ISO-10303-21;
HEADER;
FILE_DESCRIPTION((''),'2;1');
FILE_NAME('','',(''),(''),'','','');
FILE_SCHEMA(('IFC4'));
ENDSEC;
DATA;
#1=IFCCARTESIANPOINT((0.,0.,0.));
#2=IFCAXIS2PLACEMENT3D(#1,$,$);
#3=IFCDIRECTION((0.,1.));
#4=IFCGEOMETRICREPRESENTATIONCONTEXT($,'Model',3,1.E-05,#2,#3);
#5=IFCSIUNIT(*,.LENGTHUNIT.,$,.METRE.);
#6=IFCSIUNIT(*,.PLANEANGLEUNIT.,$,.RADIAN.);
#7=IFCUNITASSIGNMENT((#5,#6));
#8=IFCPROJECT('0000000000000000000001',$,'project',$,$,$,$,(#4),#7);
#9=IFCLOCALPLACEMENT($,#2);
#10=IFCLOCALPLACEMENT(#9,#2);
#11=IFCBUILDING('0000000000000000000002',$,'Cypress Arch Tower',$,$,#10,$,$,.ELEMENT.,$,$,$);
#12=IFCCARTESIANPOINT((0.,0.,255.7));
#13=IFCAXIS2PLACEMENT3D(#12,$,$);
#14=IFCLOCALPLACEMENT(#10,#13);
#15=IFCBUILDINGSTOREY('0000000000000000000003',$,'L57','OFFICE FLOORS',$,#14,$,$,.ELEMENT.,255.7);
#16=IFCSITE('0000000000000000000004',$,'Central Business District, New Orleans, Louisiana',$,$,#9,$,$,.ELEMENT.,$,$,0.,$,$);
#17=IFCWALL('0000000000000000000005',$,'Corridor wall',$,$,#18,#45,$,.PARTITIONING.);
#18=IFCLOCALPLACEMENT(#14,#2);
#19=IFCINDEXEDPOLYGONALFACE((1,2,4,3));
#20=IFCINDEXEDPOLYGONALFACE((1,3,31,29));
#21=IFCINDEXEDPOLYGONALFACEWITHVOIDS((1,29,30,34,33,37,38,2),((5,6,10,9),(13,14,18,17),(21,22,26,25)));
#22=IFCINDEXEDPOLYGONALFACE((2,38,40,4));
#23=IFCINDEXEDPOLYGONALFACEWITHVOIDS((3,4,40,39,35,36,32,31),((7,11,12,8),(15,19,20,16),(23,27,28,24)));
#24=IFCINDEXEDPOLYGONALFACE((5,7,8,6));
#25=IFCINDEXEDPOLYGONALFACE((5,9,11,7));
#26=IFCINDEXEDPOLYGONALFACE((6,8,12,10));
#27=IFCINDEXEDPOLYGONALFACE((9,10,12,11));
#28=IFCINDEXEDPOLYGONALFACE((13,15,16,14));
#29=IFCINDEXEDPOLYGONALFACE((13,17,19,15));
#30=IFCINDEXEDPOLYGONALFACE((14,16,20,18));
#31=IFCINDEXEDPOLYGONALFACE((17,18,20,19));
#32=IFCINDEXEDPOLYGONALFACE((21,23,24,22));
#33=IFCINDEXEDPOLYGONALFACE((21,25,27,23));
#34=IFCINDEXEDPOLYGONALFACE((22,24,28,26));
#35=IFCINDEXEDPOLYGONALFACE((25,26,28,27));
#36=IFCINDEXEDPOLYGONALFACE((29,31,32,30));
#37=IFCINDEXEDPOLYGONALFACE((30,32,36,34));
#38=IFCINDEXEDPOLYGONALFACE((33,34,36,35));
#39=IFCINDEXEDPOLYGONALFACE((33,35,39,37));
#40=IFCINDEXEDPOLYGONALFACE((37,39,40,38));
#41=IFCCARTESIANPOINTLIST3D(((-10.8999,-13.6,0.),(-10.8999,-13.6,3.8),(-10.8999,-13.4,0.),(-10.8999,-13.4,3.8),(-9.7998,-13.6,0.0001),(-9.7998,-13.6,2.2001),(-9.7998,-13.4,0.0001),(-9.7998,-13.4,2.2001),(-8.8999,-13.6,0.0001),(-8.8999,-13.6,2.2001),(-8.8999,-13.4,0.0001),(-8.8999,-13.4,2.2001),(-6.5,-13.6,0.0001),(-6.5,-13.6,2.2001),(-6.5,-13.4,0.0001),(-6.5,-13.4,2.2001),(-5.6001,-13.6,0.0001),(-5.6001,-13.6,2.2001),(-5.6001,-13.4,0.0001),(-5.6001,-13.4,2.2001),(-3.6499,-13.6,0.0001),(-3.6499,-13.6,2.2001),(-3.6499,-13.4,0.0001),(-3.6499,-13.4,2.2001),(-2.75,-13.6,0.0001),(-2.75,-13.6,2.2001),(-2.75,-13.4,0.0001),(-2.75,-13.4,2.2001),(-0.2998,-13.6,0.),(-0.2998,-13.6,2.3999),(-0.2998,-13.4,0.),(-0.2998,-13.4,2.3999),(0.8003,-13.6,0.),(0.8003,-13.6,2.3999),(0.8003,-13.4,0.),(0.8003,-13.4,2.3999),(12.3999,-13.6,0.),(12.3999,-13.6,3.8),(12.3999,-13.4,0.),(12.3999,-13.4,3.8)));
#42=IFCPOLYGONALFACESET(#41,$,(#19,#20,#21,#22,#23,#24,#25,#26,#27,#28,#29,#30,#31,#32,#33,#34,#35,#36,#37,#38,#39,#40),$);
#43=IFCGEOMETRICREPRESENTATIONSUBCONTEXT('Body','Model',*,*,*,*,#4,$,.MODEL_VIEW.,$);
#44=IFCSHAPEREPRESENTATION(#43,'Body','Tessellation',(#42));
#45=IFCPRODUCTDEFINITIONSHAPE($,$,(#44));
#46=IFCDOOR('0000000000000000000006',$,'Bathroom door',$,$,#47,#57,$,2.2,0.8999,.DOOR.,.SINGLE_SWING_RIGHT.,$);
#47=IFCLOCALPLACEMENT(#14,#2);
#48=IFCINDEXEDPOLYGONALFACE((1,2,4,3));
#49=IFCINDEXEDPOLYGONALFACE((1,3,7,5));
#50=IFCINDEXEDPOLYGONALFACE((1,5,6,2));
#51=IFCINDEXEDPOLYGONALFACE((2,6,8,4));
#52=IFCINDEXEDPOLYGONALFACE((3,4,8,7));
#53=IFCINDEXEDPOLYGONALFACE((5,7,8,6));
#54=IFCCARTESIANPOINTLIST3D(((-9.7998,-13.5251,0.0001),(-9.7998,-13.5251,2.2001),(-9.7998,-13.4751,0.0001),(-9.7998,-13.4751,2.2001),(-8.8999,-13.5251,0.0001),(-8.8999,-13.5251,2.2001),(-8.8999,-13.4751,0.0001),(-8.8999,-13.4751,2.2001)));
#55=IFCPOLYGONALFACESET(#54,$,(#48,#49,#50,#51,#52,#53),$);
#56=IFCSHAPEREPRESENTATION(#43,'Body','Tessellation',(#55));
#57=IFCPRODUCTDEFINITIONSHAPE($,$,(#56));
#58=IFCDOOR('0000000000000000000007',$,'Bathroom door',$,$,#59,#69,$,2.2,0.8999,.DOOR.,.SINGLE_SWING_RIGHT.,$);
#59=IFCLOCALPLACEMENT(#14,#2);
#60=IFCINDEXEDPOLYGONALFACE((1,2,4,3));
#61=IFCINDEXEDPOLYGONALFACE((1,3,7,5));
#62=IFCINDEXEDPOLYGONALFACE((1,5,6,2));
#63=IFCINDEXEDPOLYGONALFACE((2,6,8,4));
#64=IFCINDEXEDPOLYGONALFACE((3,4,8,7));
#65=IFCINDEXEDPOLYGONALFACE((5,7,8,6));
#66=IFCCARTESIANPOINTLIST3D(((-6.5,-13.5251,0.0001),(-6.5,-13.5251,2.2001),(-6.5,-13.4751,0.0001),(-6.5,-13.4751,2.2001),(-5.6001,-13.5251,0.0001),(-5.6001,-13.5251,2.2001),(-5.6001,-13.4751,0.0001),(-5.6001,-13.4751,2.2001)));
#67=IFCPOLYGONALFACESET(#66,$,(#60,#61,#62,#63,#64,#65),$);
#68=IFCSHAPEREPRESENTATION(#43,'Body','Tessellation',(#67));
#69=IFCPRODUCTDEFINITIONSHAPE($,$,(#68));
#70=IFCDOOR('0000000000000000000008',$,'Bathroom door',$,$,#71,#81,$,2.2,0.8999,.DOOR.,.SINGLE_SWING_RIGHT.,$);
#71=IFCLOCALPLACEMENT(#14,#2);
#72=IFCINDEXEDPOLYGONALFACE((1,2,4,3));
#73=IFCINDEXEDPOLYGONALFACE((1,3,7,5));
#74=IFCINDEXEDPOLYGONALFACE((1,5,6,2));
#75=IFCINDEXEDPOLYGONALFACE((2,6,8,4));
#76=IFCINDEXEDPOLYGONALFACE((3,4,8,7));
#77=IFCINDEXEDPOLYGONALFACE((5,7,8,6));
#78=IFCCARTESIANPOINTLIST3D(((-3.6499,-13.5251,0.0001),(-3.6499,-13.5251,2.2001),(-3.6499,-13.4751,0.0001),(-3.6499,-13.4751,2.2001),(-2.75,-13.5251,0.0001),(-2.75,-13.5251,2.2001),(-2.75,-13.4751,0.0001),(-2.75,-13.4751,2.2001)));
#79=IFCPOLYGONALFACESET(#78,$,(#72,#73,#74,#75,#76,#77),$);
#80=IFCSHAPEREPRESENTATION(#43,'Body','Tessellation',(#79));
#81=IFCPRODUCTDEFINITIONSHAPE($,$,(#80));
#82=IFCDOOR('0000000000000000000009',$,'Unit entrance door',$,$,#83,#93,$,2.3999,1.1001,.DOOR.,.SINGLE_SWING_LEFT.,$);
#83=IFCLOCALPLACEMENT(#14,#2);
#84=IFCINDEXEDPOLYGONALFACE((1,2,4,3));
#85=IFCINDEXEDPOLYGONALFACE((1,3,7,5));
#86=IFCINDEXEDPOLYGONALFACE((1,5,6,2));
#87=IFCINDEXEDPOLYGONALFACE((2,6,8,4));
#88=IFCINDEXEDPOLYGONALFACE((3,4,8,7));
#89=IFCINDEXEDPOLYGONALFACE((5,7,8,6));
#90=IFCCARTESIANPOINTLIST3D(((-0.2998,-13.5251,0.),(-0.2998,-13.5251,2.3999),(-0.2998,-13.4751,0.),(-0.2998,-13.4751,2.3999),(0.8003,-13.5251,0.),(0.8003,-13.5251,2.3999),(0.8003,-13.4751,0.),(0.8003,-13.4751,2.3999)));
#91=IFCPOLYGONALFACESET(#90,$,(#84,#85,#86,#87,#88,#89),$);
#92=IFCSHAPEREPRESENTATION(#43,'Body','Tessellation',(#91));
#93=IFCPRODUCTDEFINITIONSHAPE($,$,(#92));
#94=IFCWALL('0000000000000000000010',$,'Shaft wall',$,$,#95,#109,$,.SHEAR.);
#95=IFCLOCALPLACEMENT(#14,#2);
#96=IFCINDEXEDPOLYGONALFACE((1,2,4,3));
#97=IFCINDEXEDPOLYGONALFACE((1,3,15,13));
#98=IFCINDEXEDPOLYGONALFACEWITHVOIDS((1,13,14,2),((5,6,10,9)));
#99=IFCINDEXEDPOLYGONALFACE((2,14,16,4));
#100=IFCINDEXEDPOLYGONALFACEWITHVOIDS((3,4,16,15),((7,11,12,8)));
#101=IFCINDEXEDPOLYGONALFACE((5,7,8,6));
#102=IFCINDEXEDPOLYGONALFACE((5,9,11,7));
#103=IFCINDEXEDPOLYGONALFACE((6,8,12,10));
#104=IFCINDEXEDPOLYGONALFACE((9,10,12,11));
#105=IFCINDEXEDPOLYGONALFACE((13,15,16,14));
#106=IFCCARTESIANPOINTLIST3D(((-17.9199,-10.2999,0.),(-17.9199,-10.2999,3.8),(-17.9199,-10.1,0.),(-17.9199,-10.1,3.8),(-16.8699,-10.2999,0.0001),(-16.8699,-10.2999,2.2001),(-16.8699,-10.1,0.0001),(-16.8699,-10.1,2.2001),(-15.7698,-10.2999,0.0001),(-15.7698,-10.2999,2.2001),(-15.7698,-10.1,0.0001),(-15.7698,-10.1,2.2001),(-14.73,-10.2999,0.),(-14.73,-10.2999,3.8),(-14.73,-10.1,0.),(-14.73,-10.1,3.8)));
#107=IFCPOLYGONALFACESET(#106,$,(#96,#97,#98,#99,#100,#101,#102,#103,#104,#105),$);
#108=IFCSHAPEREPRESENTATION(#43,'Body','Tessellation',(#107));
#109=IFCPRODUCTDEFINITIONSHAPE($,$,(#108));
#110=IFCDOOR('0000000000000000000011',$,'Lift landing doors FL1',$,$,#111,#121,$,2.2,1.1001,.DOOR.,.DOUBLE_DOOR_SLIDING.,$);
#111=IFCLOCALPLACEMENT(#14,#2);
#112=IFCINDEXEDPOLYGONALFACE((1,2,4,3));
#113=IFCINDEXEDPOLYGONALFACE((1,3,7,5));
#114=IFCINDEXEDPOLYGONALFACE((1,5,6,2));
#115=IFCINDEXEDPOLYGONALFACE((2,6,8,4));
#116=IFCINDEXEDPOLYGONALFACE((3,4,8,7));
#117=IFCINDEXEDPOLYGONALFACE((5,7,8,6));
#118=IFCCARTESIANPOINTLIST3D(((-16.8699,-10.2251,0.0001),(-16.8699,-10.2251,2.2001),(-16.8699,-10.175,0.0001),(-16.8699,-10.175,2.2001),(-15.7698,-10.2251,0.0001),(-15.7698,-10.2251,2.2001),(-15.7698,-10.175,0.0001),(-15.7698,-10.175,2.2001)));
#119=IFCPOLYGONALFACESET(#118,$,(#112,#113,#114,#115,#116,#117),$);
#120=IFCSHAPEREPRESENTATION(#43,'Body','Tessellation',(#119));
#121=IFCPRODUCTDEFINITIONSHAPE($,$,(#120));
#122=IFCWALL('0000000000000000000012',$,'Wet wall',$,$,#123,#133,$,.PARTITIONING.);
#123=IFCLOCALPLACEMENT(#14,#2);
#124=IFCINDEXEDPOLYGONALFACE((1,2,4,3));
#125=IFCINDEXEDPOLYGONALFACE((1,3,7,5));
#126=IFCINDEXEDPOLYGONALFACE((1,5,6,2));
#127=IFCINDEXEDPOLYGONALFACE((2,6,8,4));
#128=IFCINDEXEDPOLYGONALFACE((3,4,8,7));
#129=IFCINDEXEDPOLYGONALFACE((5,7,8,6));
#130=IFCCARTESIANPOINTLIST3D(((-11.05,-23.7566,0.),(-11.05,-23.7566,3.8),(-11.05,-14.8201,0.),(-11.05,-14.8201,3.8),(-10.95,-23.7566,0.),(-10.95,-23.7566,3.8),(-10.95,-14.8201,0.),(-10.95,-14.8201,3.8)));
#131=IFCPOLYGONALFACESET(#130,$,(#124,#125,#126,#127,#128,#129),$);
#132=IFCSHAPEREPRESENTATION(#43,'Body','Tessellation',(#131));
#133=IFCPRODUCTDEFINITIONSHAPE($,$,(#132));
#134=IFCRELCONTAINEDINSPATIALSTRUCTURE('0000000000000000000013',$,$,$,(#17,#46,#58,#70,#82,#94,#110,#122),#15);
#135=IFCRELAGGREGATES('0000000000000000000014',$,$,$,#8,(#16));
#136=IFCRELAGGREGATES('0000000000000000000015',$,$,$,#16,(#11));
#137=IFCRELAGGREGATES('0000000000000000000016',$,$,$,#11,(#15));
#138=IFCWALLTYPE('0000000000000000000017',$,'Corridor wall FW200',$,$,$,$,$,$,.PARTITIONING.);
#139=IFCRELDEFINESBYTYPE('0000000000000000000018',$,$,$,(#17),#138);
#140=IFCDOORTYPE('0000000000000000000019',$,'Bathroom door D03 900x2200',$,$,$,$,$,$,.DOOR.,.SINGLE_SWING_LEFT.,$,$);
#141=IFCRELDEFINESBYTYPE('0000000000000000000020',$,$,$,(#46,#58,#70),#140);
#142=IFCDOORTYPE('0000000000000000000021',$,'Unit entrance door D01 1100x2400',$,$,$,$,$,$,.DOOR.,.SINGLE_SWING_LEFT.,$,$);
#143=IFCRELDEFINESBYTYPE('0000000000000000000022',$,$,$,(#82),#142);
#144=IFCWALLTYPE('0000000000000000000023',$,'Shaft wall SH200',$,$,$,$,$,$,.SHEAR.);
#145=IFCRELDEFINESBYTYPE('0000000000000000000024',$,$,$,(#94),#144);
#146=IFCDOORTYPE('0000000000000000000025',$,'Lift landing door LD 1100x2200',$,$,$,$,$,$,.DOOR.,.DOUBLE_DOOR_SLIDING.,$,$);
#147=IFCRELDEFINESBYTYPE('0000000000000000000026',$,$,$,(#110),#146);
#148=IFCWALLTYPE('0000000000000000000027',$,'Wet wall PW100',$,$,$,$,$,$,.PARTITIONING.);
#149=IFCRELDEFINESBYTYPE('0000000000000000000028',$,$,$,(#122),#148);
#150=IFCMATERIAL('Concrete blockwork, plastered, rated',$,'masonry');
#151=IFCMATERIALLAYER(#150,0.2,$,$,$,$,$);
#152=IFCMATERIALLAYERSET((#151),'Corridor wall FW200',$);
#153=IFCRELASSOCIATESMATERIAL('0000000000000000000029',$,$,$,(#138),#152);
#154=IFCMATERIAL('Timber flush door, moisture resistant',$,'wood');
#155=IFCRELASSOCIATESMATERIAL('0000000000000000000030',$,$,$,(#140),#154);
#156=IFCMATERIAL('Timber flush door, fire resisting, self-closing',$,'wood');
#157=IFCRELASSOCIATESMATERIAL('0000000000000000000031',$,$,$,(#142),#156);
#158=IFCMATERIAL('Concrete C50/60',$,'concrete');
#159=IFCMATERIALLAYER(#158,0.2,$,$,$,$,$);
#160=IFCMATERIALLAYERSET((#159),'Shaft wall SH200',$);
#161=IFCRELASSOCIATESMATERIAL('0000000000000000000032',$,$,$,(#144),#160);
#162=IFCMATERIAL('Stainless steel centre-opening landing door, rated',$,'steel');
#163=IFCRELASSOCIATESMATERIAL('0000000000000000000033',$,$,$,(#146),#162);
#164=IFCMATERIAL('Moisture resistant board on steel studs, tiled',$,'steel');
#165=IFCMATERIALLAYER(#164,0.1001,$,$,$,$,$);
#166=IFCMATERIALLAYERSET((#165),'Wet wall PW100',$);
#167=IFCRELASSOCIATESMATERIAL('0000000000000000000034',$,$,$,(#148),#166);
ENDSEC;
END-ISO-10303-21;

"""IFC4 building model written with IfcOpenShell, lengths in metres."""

from ifc_helpers import new_model, si_unit, direction, frame, frame_2d, origin, place, context, subcontext, project, spatial, rectangle, extrude, material, layer, layer_set, type_object, element, fill, save


model = new_model("IFC4")

# Units and contexts
model_context = context("Model", 3, precision=1e-05, world=origin(), true_north=direction((0.0, 1.0)))
body_context = subcontext(model_context, "Body", "Model", "MODEL_VIEW")
ifc_project = project(units=[si_unit("LENGTHUNIT", "METRE"), si_unit("PLANEANGLEUNIT", "RADIAN")], contexts=[model_context])

# Site, building, storey
site_placement = place(None, origin())
site = spatial("IfcSite", under=ifc_project, at=site_placement, Name="Central Business District, New Orleans, Louisiana", CompositionType="ELEMENT", RefElevation=0.0)
building_placement = place(site_placement, origin())
building = spatial("IfcBuilding", under=site, at=building_placement, Name="Cypress Arch Tower", CompositionType="ELEMENT")
storey_placement = place(building_placement, frame((0.0, 0.0, 255.7)))
storey = spatial("IfcBuildingStorey", under=building, at=storey_placement, Name="L57", Description="OFFICE FLOORS", CompositionType="ELEMENT", Elevation=255.7)

# Shared definitions
ifc_material_1 = material(Name="Concrete blockwork, plastered, rated", Category="masonry")
ifc_layer_1 = layer(ifc_material_1, 0.2)
ifc_layer_set_1 = layer_set([ifc_layer_1], Name="Corridor wall FW200")
wall_type_1 = type_object("IfcWallType", Name="Corridor wall FW200", PredefinedType="PARTITIONING", material=ifc_layer_set_1)

# Wall, openings, doors
wall_1_placement = place(storey_placement, frame((-10.8999, -13.5, 0.0), z_axis=(0.0, 0.0, 1.0), x_axis=(1.0, 0.0, 0.0)))
wall_1 = element("IfcWall", 1, at=wall_1_placement, inside=storey, type_object=wall_type_1, Name="Corridor wall", PredefinedType="PARTITIONING", context=body_context, shape_type="SweptSolid", body=[
    extrude(rectangle(XDim=23.2998, YDim=0.2, at=frame_2d((11.6499, 0.0))), origin(), (0.0, 0.0, 1.0), 3.8),
])
opening_1_placement = place(wall_1_placement, frame((1.1001, 0.0, 0.0)))
opening_1 = element("IfcOpeningElement", 2, at=opening_1_placement, cuts=wall_1, PredefinedType="OPENING", context=body_context, shape_type="SweptSolid", body=[
    extrude(rectangle(XDim=0.8999, YDim=2.2, at=frame_2d((0.45, 1.1001))), frame((0.0, 0.1099, 0.0), z_axis=(0.0, -1.0, 0.0), x_axis=(1.0, 0.0, 0.0)), (0.0, 0.0, 1.0), 0.22),
])
opening_2_placement = place(wall_1_placement, frame((4.3999, 0.0, 0.0)))
opening_2 = element("IfcOpeningElement", 3, at=opening_2_placement, cuts=wall_1, PredefinedType="OPENING", context=body_context, shape_type="SweptSolid", body=[
    extrude(rectangle(XDim=0.8999, YDim=2.2, at=frame_2d((0.45, 1.1001))), frame((0.0, 0.1099, 0.0), z_axis=(0.0, -1.0, 0.0), x_axis=(1.0, 0.0, 0.0)), (0.0, 0.0, 1.0), 0.22),
])
opening_3_placement = place(wall_1_placement, frame((7.25, 0.0, 0.0)))
opening_3 = element("IfcOpeningElement", 4, at=opening_3_placement, cuts=wall_1, PredefinedType="OPENING", context=body_context, shape_type="SweptSolid", body=[
    extrude(rectangle(XDim=0.8999, YDim=2.2, at=frame_2d((0.45, 1.1001))), frame((0.0, 0.1099, 0.0), z_axis=(0.0, -1.0, 0.0), x_axis=(1.0, 0.0, 0.0)), (0.0, 0.0, 1.0), 0.22),
])
opening_4_placement = place(wall_1_placement, frame((10.6001, 0.0, 0.0)))
opening_4 = element("IfcOpeningElement", 5, at=opening_4_placement, cuts=wall_1, PredefinedType="OPENING", context=body_context, shape_type="SweptSolid", body=[
    extrude(rectangle(XDim=1.1001, YDim=2.3999, at=frame_2d((0.55, 1.2))), frame((0.0, 0.1099, 0.0), z_axis=(0.0, -1.0, 0.0), x_axis=(1.0, 0.0, 0.0)), (0.0, 0.0, 1.0), 0.22),
])
ifc_material_2 = material(Name="Timber flush door, moisture resistant", Category="wood")
door_type_1 = type_object("IfcDoorType", Name="Bathroom door D03 900x2200", OperationType="SINGLE_SWING_LEFT", PredefinedType="DOOR", material=ifc_material_2)
door_1_placement = place(opening_1_placement, origin())
door_1 = element("IfcDoor", 6, at=door_1_placement, inside=storey, type_object=door_type_1, Name="Bathroom door", OperationType="SINGLE_SWING_RIGHT", OverallHeight=2.2, OverallWidth=0.8999, PredefinedType="DOOR", context=body_context, shape_type="SweptSolid", body=[
    extrude(rectangle(XDim=0.8999, YDim=2.2, at=frame_2d((0.45, 1.1001))), frame((0.0, 0.0249, 0.0), z_axis=(0.0, -1.0, 0.0), x_axis=(1.0, 0.0, 0.0)), (0.0, 0.0, 1.0), 0.05),
])
fill(opening_1, door_1)
door_2_placement = place(opening_2_placement, origin())
door_2 = element("IfcDoor", 7, at=door_2_placement, inside=storey, type_object=door_type_1, Name="Bathroom door", OperationType="SINGLE_SWING_RIGHT", OverallHeight=2.2, OverallWidth=0.8999, PredefinedType="DOOR", context=body_context, shape_type="SweptSolid", body=[
    extrude(rectangle(XDim=0.8999, YDim=2.2, at=frame_2d((0.45, 1.1001))), frame((0.0, 0.0249, 0.0), z_axis=(0.0, -1.0, 0.0), x_axis=(1.0, 0.0, 0.0)), (0.0, 0.0, 1.0), 0.05),
])
fill(opening_2, door_2)
door_3_placement = place(opening_3_placement, origin())
door_3 = element("IfcDoor", 8, at=door_3_placement, inside=storey, type_object=door_type_1, Name="Bathroom door", OperationType="SINGLE_SWING_RIGHT", OverallHeight=2.2, OverallWidth=0.8999, PredefinedType="DOOR", context=body_context, shape_type="SweptSolid", body=[
    extrude(rectangle(XDim=0.8999, YDim=2.2, at=frame_2d((0.45, 1.1001))), frame((0.0, 0.0249, 0.0), z_axis=(0.0, -1.0, 0.0), x_axis=(1.0, 0.0, 0.0)), (0.0, 0.0, 1.0), 0.05),
])
fill(opening_3, door_3)
ifc_material_3 = material(Name="Timber flush door, fire resisting, self-closing", Category="wood")
door_type_2 = type_object("IfcDoorType", Name="Unit entrance door D01 1100x2400", OperationType="SINGLE_SWING_LEFT", PredefinedType="DOOR", material=ifc_material_3)
door_4_placement = place(opening_4_placement, origin())
door_4 = element("IfcDoor", 9, at=door_4_placement, inside=storey, type_object=door_type_2, Name="Unit entrance door", OperationType="SINGLE_SWING_LEFT", OverallHeight=2.3999, OverallWidth=1.1001, PredefinedType="DOOR", context=body_context, shape_type="SweptSolid", body=[
    extrude(rectangle(XDim=1.1001, YDim=2.3999, at=frame_2d((0.55, 1.2))), frame((0.0, 0.0249, 0.0), z_axis=(0.0, -1.0, 0.0), x_axis=(1.0, 0.0, 0.0)), (0.0, 0.0, 1.0), 0.05),
])
fill(opening_4, door_4)

# Wall, opening, door
ifc_material_4 = material(Name="Concrete C50/60", Category="concrete")
ifc_layer_2 = layer(ifc_material_4, 0.2)
ifc_layer_set_2 = layer_set([ifc_layer_2], Name="Shaft wall SH200")
wall_type_2 = type_object("IfcWallType", Name="Shaft wall SH200", PredefinedType="SHEAR", material=ifc_layer_set_2)
wall_2_placement = place(storey_placement, frame((-17.9199, -10.2, 0.0), z_axis=(0.0, 0.0, 1.0), x_axis=(1.0, 0.0, 0.0)))
wall_2 = element("IfcWall", 10, at=wall_2_placement, inside=storey, type_object=wall_type_2, Name="Shaft wall", PredefinedType="SHEAR", context=body_context, shape_type="SweptSolid", body=[
    extrude(rectangle(XDim=3.1899, YDim=0.2, at=frame_2d((1.595, 0.0))), origin(), (0.0, 0.0, 1.0), 3.8),
])
opening_5_placement = place(wall_2_placement, frame((1.05, 0.0, 0.0)))
opening_5 = element("IfcOpeningElement", 11, at=opening_5_placement, cuts=wall_2, PredefinedType="OPENING", context=body_context, shape_type="SweptSolid", body=[
    extrude(rectangle(XDim=1.1001, YDim=2.2, at=frame_2d((0.55, 1.1001))), frame((0.0, 0.1099, 0.0), z_axis=(0.0, -1.0, 0.0), x_axis=(1.0, 0.0, 0.0)), (0.0, 0.0, 1.0), 0.22),
])
ifc_material_5 = material(Name="Stainless steel centre-opening landing door, rated", Category="steel")
door_type_3 = type_object("IfcDoorType", Name="Lift landing door LD 1100x2200", OperationType="DOUBLE_DOOR_SLIDING", PredefinedType="DOOR", material=ifc_material_5)
door_5_placement = place(opening_5_placement, origin())
door_5 = element("IfcDoor", 12, at=door_5_placement, inside=storey, type_object=door_type_3, Name="Lift landing doors FL1", OperationType="DOUBLE_DOOR_SLIDING", OverallHeight=2.2, OverallWidth=1.1001, PredefinedType="DOOR", context=body_context, shape_type="SweptSolid", body=[
    extrude(rectangle(XDim=1.1001, YDim=2.2, at=frame_2d((0.55, 1.1001))), frame((0.0, 0.0249, 0.0), z_axis=(0.0, -1.0, 0.0), x_axis=(1.0, 0.0, 0.0)), (0.0, 0.0, 1.0), 0.05),
])
fill(opening_5, door_5)

# Wall
ifc_material_6 = material(Name="Moisture resistant board on steel studs, tiled", Category="steel")
ifc_layer_3 = layer(ifc_material_6, 0.1001)
ifc_layer_set_3 = layer_set([ifc_layer_3], Name="Wet wall PW100")
wall_type_3 = type_object("IfcWallType", Name="Wet wall PW100", PredefinedType="PARTITIONING", material=ifc_layer_set_3)
wall_3_placement = place(storey_placement, frame((-11.0, -23.7566, 0.0), z_axis=(0.0, 0.0, 1.0), x_axis=(0.0, 1.0, 0.0)))
element("IfcWall", 13, at=wall_3_placement, inside=storey, type_object=wall_type_3, Name="Wet wall", PredefinedType="PARTITIONING", context=body_context, shape_type="SweptSolid", body=[
    extrude(rectangle(XDim=8.9365, YDim=0.1001, at=frame_2d((4.4683, 0.0))), origin(), (0.0, 0.0, 1.0), 3.8),
])

save(model, "model.ifc")
